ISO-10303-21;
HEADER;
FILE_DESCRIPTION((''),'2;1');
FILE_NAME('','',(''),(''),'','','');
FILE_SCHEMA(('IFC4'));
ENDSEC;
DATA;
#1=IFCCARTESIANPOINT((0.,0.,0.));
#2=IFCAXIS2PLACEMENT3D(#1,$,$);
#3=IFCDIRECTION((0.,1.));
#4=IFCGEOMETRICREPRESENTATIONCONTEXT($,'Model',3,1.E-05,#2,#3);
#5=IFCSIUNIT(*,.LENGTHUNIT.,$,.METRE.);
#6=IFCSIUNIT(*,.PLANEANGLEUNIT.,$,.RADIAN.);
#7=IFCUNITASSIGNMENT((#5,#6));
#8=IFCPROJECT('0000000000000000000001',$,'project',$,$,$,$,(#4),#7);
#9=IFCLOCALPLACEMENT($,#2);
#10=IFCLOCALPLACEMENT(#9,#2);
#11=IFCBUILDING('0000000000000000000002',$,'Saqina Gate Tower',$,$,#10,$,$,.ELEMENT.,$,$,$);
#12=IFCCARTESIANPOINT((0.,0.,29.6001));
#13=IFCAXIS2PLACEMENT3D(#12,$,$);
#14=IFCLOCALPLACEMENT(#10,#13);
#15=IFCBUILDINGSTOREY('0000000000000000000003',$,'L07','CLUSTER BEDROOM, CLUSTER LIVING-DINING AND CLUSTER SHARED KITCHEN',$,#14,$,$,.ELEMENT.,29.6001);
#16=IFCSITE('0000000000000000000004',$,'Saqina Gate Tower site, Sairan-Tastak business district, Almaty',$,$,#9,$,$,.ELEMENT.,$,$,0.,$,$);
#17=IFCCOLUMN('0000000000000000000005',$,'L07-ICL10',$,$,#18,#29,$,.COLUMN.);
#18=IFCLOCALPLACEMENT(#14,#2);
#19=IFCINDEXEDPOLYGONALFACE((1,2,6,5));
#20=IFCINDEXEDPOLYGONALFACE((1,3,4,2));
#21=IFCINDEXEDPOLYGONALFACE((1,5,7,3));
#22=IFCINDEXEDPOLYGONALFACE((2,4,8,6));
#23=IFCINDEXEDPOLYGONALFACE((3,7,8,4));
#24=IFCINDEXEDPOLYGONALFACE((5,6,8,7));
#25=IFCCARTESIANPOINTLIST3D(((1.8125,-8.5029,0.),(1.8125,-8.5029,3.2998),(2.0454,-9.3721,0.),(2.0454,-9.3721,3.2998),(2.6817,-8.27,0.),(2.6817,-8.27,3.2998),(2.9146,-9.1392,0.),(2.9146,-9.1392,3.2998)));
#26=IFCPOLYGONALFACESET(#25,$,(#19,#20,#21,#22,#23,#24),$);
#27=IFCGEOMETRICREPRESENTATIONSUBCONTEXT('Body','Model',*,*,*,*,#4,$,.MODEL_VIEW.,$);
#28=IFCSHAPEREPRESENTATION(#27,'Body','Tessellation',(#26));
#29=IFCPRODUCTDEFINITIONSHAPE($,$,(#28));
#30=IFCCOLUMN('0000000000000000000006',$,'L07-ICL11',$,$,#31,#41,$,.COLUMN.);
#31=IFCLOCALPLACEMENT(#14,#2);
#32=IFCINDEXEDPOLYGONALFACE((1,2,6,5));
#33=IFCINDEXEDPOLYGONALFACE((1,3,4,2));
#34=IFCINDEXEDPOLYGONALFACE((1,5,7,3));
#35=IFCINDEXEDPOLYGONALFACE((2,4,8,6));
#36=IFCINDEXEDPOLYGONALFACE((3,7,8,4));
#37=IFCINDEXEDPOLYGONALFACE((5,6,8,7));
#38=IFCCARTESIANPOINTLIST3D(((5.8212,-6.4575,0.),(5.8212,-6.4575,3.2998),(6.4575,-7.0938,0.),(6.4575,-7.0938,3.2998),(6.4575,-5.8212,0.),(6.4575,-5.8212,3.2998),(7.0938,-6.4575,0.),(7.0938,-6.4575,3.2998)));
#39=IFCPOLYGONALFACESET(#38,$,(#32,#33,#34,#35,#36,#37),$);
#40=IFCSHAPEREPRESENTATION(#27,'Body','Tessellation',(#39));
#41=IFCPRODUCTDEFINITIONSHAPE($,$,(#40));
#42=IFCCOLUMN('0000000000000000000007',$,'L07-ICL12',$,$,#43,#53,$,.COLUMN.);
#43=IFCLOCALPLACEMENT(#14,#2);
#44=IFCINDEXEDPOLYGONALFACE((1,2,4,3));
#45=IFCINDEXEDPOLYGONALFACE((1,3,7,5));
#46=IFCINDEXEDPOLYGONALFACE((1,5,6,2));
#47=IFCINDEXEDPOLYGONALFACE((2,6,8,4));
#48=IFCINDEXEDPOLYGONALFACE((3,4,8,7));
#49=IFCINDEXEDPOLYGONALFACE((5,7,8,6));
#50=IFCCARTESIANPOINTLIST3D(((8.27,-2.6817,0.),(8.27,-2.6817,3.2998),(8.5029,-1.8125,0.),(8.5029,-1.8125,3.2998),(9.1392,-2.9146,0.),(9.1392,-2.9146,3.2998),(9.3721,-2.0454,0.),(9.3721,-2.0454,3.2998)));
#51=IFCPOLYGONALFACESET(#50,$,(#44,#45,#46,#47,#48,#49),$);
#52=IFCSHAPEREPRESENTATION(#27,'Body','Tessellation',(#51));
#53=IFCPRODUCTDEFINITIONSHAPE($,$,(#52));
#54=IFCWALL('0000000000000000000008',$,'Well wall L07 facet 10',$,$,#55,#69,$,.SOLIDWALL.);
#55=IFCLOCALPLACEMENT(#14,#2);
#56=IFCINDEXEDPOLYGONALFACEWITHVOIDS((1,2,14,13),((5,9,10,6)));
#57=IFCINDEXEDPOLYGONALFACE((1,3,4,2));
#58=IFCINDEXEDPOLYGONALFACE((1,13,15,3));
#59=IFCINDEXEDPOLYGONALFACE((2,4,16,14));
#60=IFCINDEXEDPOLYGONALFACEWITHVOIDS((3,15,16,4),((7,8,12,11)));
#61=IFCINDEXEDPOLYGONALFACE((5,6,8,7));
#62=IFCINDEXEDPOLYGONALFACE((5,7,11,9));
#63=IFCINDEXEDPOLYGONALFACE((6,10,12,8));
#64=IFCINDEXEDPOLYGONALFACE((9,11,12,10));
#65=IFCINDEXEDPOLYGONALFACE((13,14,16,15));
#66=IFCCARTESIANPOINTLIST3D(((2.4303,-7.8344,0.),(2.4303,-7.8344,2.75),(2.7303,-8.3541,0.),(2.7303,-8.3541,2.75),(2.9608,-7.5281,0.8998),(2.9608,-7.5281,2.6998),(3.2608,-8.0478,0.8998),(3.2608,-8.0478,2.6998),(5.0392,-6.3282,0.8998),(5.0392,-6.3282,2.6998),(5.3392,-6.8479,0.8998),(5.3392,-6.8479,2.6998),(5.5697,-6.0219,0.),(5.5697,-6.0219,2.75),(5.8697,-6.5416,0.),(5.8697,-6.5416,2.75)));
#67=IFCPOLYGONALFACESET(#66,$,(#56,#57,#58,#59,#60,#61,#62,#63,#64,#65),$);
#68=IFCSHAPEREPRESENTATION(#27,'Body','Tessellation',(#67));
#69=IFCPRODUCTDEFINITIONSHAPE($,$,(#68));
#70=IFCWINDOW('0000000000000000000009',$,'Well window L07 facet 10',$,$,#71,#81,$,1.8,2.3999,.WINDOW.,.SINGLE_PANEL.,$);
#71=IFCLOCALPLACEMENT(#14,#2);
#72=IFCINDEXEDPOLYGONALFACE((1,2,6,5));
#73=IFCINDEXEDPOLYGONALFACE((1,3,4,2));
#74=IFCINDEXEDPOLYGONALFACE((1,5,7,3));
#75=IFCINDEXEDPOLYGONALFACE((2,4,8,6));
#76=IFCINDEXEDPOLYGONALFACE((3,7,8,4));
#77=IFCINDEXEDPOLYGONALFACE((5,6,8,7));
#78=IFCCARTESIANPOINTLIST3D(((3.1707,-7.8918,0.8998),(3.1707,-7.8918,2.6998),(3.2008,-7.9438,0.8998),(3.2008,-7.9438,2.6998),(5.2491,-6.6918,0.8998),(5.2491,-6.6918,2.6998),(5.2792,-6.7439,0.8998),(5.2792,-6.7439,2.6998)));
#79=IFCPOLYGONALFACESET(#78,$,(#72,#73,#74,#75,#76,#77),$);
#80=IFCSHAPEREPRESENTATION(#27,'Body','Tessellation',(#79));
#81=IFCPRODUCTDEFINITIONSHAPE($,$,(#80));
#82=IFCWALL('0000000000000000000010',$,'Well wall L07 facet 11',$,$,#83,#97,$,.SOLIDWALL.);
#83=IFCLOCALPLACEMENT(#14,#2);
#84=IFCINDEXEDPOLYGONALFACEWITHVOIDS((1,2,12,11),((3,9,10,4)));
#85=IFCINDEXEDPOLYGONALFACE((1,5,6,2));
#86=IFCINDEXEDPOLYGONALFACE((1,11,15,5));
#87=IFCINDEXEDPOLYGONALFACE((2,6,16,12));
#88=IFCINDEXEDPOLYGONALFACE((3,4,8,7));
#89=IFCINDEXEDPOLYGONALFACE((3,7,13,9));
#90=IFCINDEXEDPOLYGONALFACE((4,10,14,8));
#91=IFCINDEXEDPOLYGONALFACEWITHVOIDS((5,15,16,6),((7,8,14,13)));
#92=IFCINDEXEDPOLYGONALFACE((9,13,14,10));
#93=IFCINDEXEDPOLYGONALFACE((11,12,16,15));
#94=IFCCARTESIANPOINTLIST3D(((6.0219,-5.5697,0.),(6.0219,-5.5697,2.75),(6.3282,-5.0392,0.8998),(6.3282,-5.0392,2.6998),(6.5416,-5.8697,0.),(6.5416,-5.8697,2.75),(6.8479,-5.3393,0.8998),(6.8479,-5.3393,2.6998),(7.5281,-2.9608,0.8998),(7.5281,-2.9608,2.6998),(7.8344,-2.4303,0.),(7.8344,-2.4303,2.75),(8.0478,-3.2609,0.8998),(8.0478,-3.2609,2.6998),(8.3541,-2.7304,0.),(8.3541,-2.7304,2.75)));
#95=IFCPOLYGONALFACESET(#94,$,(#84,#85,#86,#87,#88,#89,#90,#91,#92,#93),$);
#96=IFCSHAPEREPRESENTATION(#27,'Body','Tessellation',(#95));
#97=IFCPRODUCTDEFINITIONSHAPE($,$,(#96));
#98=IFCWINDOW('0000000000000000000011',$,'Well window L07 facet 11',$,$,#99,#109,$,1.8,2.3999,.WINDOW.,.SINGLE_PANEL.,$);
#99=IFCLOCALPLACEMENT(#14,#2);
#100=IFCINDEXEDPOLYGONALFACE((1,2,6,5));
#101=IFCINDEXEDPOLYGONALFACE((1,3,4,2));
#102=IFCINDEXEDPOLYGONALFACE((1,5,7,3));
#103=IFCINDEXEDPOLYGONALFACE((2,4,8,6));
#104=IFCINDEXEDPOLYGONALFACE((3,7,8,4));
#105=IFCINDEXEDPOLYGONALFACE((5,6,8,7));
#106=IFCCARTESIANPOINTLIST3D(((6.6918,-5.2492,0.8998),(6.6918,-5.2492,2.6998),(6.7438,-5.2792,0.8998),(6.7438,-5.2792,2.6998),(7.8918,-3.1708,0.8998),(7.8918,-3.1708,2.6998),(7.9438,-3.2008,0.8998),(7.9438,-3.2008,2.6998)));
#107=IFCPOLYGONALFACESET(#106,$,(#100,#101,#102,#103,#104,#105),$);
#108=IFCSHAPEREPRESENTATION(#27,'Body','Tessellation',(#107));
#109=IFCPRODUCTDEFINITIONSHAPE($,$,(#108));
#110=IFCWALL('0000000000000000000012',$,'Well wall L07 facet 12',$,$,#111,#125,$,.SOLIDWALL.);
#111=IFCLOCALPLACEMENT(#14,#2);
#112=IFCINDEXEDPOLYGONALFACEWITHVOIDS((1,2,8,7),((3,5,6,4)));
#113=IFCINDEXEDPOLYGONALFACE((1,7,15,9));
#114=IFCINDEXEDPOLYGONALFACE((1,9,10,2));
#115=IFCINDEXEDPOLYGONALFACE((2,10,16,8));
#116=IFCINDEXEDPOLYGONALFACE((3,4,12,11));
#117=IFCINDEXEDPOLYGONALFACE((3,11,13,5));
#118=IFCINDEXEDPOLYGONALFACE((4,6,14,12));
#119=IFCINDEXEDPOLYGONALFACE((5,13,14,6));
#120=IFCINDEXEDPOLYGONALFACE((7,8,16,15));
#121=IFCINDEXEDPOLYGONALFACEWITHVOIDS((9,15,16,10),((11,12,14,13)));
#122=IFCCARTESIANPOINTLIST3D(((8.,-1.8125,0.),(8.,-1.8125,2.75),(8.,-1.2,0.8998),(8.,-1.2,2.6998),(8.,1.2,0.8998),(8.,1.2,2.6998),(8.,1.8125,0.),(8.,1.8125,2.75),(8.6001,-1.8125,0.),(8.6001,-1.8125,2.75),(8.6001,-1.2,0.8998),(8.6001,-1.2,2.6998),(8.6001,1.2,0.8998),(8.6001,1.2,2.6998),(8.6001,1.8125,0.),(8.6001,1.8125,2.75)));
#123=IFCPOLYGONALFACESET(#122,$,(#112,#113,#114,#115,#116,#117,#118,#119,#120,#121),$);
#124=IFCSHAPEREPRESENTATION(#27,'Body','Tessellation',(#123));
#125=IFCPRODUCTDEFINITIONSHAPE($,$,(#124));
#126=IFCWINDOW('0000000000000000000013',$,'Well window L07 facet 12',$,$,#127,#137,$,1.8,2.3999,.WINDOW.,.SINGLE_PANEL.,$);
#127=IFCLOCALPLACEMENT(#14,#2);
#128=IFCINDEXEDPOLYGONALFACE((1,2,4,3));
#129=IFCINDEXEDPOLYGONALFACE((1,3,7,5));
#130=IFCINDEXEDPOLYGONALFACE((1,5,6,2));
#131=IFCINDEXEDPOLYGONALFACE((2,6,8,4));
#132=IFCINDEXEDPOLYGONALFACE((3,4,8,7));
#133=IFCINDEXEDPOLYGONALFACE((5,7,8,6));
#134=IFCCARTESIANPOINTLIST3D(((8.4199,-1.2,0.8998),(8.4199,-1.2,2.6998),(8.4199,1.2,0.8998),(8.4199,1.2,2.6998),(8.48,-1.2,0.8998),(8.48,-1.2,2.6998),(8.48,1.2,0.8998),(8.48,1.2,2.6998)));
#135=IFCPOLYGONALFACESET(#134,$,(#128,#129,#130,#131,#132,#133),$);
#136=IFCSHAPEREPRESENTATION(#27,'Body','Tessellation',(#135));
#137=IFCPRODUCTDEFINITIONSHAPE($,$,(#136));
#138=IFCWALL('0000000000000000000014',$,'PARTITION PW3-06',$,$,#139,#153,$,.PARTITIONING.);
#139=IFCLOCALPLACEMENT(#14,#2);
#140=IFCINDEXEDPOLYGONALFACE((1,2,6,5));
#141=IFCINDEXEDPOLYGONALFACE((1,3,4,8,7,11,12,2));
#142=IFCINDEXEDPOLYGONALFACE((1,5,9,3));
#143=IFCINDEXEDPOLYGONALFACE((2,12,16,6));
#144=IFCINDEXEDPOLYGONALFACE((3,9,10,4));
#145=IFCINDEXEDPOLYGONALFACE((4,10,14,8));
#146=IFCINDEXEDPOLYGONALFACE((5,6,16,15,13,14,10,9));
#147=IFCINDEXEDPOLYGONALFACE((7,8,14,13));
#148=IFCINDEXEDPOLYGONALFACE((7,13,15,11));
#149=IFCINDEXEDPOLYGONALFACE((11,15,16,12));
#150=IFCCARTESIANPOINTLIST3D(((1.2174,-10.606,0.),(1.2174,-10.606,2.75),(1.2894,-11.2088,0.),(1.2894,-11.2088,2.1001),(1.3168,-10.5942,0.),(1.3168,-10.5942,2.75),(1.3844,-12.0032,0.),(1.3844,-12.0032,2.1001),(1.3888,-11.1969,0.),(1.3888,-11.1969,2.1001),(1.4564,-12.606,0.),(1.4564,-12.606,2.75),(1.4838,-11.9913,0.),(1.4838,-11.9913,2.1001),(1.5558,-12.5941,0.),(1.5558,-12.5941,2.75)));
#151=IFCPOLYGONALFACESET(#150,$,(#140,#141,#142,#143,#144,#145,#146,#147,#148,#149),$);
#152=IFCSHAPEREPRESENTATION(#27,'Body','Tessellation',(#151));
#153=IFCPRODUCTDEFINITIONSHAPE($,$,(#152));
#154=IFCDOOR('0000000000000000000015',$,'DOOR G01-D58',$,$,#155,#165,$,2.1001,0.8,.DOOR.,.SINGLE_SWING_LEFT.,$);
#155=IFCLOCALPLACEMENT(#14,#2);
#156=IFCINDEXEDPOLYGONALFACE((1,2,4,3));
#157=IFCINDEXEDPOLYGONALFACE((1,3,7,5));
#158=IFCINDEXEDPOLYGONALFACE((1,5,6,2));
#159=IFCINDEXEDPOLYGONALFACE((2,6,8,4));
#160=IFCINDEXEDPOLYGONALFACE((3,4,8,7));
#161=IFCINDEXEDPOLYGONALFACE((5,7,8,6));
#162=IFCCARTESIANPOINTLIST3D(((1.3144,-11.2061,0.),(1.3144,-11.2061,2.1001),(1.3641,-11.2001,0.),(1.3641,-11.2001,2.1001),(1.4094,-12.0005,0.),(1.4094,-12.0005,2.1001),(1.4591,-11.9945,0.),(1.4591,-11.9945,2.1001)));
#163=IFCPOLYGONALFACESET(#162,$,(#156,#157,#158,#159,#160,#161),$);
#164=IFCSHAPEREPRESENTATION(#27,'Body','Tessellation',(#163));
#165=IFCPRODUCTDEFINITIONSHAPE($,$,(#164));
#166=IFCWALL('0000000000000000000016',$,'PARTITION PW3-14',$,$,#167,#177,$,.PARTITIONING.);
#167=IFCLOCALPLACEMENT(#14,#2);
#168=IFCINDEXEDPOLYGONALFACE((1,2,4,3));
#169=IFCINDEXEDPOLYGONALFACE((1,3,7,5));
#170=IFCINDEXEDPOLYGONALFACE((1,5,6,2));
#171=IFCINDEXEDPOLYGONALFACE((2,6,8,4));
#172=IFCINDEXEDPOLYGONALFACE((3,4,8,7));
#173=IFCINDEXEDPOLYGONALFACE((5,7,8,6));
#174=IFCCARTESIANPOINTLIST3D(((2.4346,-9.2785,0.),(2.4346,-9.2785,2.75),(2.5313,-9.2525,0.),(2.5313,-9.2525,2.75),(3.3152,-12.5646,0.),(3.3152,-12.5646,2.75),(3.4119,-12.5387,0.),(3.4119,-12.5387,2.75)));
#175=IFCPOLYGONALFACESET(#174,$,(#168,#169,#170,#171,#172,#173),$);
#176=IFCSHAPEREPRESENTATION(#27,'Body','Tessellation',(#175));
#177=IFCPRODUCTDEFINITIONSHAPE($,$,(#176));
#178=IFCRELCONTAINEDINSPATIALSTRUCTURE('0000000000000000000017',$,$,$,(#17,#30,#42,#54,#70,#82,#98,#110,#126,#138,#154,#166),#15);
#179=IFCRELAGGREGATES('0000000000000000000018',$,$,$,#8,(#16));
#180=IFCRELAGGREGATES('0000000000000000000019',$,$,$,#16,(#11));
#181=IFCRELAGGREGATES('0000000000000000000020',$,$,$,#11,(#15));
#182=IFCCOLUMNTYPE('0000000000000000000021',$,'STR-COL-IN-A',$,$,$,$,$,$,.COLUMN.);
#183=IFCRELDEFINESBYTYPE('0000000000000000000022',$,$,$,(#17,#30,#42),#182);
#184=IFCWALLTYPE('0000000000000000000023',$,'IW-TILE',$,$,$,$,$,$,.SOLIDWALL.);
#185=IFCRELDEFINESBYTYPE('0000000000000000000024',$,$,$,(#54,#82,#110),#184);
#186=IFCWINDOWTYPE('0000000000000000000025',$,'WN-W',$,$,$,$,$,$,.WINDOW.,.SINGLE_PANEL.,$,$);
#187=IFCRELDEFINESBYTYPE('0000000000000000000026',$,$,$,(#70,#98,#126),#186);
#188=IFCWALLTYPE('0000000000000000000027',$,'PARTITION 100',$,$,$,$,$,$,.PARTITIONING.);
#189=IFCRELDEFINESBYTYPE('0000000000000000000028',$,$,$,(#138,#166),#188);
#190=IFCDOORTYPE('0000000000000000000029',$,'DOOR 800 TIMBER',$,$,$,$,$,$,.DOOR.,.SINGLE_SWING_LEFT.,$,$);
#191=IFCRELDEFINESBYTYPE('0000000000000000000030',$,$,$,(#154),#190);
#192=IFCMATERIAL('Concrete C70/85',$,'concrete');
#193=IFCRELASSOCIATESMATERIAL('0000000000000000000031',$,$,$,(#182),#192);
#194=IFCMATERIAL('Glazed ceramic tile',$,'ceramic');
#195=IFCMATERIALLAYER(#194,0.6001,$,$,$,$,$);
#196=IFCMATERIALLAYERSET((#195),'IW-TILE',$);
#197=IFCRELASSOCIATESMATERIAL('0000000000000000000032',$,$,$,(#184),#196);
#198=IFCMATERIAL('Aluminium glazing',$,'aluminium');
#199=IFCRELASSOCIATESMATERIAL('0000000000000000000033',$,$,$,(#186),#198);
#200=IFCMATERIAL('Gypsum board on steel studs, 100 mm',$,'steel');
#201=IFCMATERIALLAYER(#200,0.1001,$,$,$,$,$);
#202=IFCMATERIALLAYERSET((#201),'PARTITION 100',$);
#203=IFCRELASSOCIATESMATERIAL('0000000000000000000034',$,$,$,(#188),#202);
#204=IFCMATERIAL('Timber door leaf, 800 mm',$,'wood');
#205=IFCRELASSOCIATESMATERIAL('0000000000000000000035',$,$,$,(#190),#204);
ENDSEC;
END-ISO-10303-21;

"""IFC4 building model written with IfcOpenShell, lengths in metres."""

from ifc_helpers import new_model, si_unit, direction, frame, frame_2d, origin, origin_2d, place, context, subcontext, project, spatial, rectangle, extrude, material, layer, layer_set, material_profile, profile_set, type_object, element, fill, save


model = new_model("IFC4")

# Units and contexts
model_context = context("Model", 3, precision=1e-05, world=origin(), true_north=direction((0.0, 1.0)))
body_context = subcontext(model_context, "Body", "Model", "MODEL_VIEW")
ifc_project = project(units=[si_unit("LENGTHUNIT", "METRE"), si_unit("PLANEANGLEUNIT", "RADIAN")], contexts=[model_context])

# Site, building, storey
site_placement = place(None, origin())
site = spatial("IfcSite", under=ifc_project, at=site_placement, Name="Saqina Gate Tower site, Sairan-Tastak business district, Almaty", CompositionType="ELEMENT", RefElevation=0.0)
building_placement = place(site_placement, origin())
building = spatial("IfcBuilding", under=site, at=building_placement, Name="Saqina Gate Tower", CompositionType="ELEMENT")
storey_placement = place(building_placement, frame((0.0, 0.0, 29.6001)))
storey = spatial("IfcBuildingStorey", under=building, at=storey_placement, Name="L07", Description="CLUSTER BEDROOM, CLUSTER LIVING-DINING AND CLUSTER SHARED KITCHEN", CompositionType="ELEMENT", Elevation=29.6001)

# Columns
ifc_material_1 = material(Name="Concrete C70/85", Category="concrete")
ifc_material_profile = material_profile(ifc_material_1, rectangle(XDim=0.8999, YDim=0.8999, at=origin_2d()), Name="RC 900x900")
ifc_profile_set = profile_set([ifc_material_profile], Name="Concrete C70/85")
column_type = type_object("IfcColumnType", Name="STR-COL-IN-A", PredefinedType="COLUMN", material=ifc_profile_set)
for number, where, z_axis, x_axis, name in (
    (1, (2.3635, -8.821, 0.0), (0.0, 0.0, 1.0), (0.258819, -0.965926, 0.0), "L07-ICL10"),
    (2, (6.4575, -6.4575, 0.0), (0.0, 0.0, 1.0), (0.707107, -0.707107, 0.0), "L07-ICL11"),
    (3, (8.821, -2.3635, 0.0), (0.0, 0.0, 1.0), (0.965926, -0.258819, 0.0), "L07-ICL12"),
):
    element("IfcColumn", number, at=place(storey_placement, frame(where, z_axis=z_axis, x_axis=x_axis)), inside=storey, type_object=column_type, Name=name, PredefinedType="COLUMN", context=body_context, shape_type="SweptSolid", body=[
        extrude(rectangle(XDim=0.8999, YDim=0.8999, at=origin_2d()), origin(), (0.0, 0.0, 1.0), 3.2998),
    ])

# Walls, openings, windows
ifc_material_2 = material(Name="Glazed ceramic tile", Category="ceramic")
ifc_layer_1 = layer(ifc_material_2, 0.6001)
ifc_layer_set_1 = layer_set([ifc_layer_1], Name="IW-TILE")
wall_type_1 = type_object("IfcWallType", Name="IW-TILE", PredefinedType="SOLIDWALL", material=ifc_layer_set_1)
wall_1_placement = place(storey_placement, frame((2.5803, -8.0942, 0.0), z_axis=(0.0, 0.0, 1.0), x_axis=(0.86603, 0.499993, 0.0)))
wall_1 = element("IfcWall", 4, at=wall_1_placement, inside=storey, type_object=wall_type_1, Name="Well wall L07 facet 10", PredefinedType="SOLIDWALL", context=body_context, shape_type="SweptSolid", body=[
    extrude(rectangle(XDim=3.625, YDim=0.6001, at=frame_2d((1.8125, 0.0))), origin(), (0.0, 0.0, 1.0), 2.75),
])
opening_1_placement = place(wall_1_placement, frame((0.6125, 0.0, 0.8999)))
opening_1 = element("IfcOpeningElement", 5, at=opening_1_placement, cuts=wall_1, PredefinedType="OPENING", context=body_context, shape_type="SweptSolid", body=[
    extrude(rectangle(XDim=2.3999, YDim=1.8, at=frame_2d((1.2, 0.8999))), frame((0.0, 0.312, 0.0), z_axis=(0.0, -1.0, 0.0), x_axis=(1.0, 0.0, 0.0)), (0.0, 0.0, 1.0), 0.624),
])
ifc_material_3 = material(Name="Aluminium glazing", Category="aluminium")
window_type = type_object("IfcWindowType", Name="WN-W", PartitioningType="SINGLE_PANEL", PredefinedType="WINDOW", material=ifc_material_3)
window_1_placement = place(opening_1_placement, origin())
window_1 = element("IfcWindow", 6, at=window_1_placement, inside=storey, type_object=window_type, Name="Well window L07 facet 10", OverallHeight=1.8, OverallWidth=2.3999, PartitioningType="SINGLE_PANEL", PredefinedType="WINDOW", context=body_context, shape_type="SweptSolid", body=[
    extrude(rectangle(XDim=2.3999, YDim=1.8, at=frame_2d((1.2, 0.8999))), frame((0.0, -0.1199, 0.0), z_axis=(0.0, -1.0, 0.0), x_axis=(1.0, 0.0, 0.0)), (0.0, 0.0, 1.0), 0.0601),
])
fill(opening_1, window_1)
wall_2_placement = place(storey_placement, frame((6.2817, -5.7197, 0.0), z_axis=(0.0, 0.0, 1.0), x_axis=(0.499993, 0.86603, 0.0)))
wall_2 = element("IfcWall", 7, at=wall_2_placement, inside=storey, type_object=wall_type_1, Name="Well wall L07 facet 11", PredefinedType="SOLIDWALL", context=body_context, shape_type="SweptSolid", body=[
    extrude(rectangle(XDim=3.625, YDim=0.6001, at=frame_2d((1.8125, 0.0))), origin(), (0.0, 0.0, 1.0), 2.75),
])
opening_2_placement = place(wall_2_placement, frame((0.6125, 0.0, 0.8999)))
opening_2 = element("IfcOpeningElement", 8, at=opening_2_placement, cuts=wall_2, PredefinedType="OPENING", context=body_context, shape_type="SweptSolid", body=[
    extrude(rectangle(XDim=2.3999, YDim=1.8, at=frame_2d((1.2, 0.8999))), frame((0.0, 0.312, 0.0), z_axis=(0.0, -1.0, 0.0), x_axis=(1.0, 0.0, 0.0)), (0.0, 0.0, 1.0), 0.624),
])
window_2_placement = place(opening_2_placement, origin())
window_2 = element("IfcWindow", 9, at=window_2_placement, inside=storey, type_object=window_type, Name="Well window L07 facet 11", OverallHeight=1.8, OverallWidth=2.3999, PartitioningType="SINGLE_PANEL", PredefinedType="WINDOW", context=body_context, shape_type="SweptSolid", body=[
    extrude(rectangle(XDim=2.3999, YDim=1.8, at=frame_2d((1.2, 0.8999))), frame((0.0, -0.1199, 0.0), z_axis=(0.0, -1.0, 0.0), x_axis=(1.0, 0.0, 0.0)), (0.0, 0.0, 1.0), 0.0601),
])
fill(opening_2, window_2)
wall_3_placement = place(storey_placement, frame((8.3, -1.8125, 0.0), z_axis=(0.0, 0.0, 1.0), x_axis=(0.0, 1.0, 0.0)))
wall_3 = element("IfcWall", 10, at=wall_3_placement, inside=storey, type_object=wall_type_1, Name="Well wall L07 facet 12", PredefinedType="SOLIDWALL", context=body_context, shape_type="SweptSolid", body=[
    extrude(rectangle(XDim=3.625, YDim=0.6001, at=frame_2d((1.8125, 0.0))), origin(), (0.0, 0.0, 1.0), 2.75),
])
opening_3_placement = place(wall_3_placement, frame((0.6125, 0.0, 0.8999)))
opening_3 = element("IfcOpeningElement", 11, at=opening_3_placement, cuts=wall_3, PredefinedType="OPENING", context=body_context, shape_type="SweptSolid", body=[
    extrude(rectangle(XDim=2.3999, YDim=1.8, at=frame_2d((1.2, 0.8999))), frame((0.0, 0.312, 0.0), z_axis=(0.0, -1.0, 0.0), x_axis=(1.0, 0.0, 0.0)), (0.0, 0.0, 1.0), 0.624),
])
window_3_placement = place(opening_3_placement, origin())
window_3 = element("IfcWindow", 12, at=window_3_placement, inside=storey, type_object=window_type, Name="Well window L07 facet 12", OverallHeight=1.8, OverallWidth=2.3999, PartitioningType="SINGLE_PANEL", PredefinedType="WINDOW", context=body_context, shape_type="SweptSolid", body=[
    extrude(rectangle(XDim=2.3999, YDim=1.8, at=frame_2d((1.2, 0.8999))), frame((0.0, -0.1199, 0.0), z_axis=(0.0, -1.0, 0.0), x_axis=(1.0, 0.0, 0.0)), (0.0, 0.0, 1.0), 0.0601),
])
fill(opening_3, window_3)

# Wall, opening, door
ifc_material_4 = material(Name="Gypsum board on steel studs, 100 mm", Category="steel")
ifc_layer_2 = layer(ifc_material_4, 0.1001)
ifc_layer_set_2 = layer_set([ifc_layer_2], Name="PARTITION 100")
wall_type_2 = type_object("IfcWallType", Name="PARTITION 100", PredefinedType="PARTITIONING", material=ifc_layer_set_2)
wall_4_placement = place(storey_placement, frame((1.2671, -10.6001, 0.0), z_axis=(0.0, 0.0, 1.0), x_axis=(0.118662, -0.992935, 0.0)))
wall_4 = element("IfcWall", 13, at=wall_4_placement, inside=storey, type_object=wall_type_2, Name="PARTITION PW3-06", PredefinedType="PARTITIONING", context=body_context, shape_type="SweptSolid", body=[
    extrude(rectangle(XDim=2.0142, YDim=0.1001, at=frame_2d((1.0071, 0.0))), origin(), (0.0, 0.0, 1.0), 2.75),
])
opening_4_placement = place(wall_4_placement, frame((0.6072, 0.0, 0.0)))
opening_4 = element("IfcOpeningElement", 14, at=opening_4_placement, cuts=wall_4, PredefinedType="OPENING", context=body_context, shape_type="SweptSolid", body=[
    extrude(rectangle(XDim=0.8, YDim=2.1001, at=frame_2d((0.3999, 1.05))), frame((0.0, 0.062, 0.0), z_axis=(0.0, -1.0, 0.0), x_axis=(1.0, 0.0, 0.0)), (0.0, 0.0, 1.0), 0.124),
])
ifc_material_5 = material(Name="Timber door leaf, 800 mm", Category="wood")
door_type_1 = type_object("IfcDoorType", Name="DOOR 800 TIMBER", OperationType="SINGLE_SWING_LEFT", PredefinedType="DOOR", material=ifc_material_5)
door_1_placement = place(opening_4_placement, frame((0.8, 0.0, 0.0), z_axis=(0.0, 0.0, 1.0), x_axis=(-1.0, 0.0, 0.0)))
door_1 = element("IfcDoor", 15, at=door_1_placement, inside=storey, type_object=door_type_1, Name="DOOR G01-D58", OperationType="SINGLE_SWING_LEFT", OverallHeight=2.1001, OverallWidth=0.8, PredefinedType="DOOR", context=body_context, shape_type="SweptSolid", body=[
    extrude(rectangle(XDim=0.8, YDim=2.1001, at=frame_2d((0.3999, 1.05))), frame((0.0, 0.0249, 0.0), z_axis=(0.0, -1.0, 0.0), x_axis=(1.0, 0.0, 0.0)), (0.0, 0.0, 1.0), 0.05),
])
fill(opening_4, door_1)

# Wall
wall_5_placement = place(storey_placement, frame((2.4829, -9.2654, 0.0), z_axis=(0.0, 0.0, 1.0), x_axis=(0.258846, -0.965919, 0.0)))
element("IfcWall", 16, at=wall_5_placement, inside=storey, type_object=wall_type_2, Name="PARTITION PW3-14", PredefinedType="PARTITIONING", context=body_context, shape_type="SweptSolid", body=[
    extrude(rectangle(XDim=3.4021, YDim=0.1001, at=frame_2d((1.7012, 0.0))), origin(), (0.0, 0.0, 1.0), 2.75),
])

save(model, "model.ifc")
